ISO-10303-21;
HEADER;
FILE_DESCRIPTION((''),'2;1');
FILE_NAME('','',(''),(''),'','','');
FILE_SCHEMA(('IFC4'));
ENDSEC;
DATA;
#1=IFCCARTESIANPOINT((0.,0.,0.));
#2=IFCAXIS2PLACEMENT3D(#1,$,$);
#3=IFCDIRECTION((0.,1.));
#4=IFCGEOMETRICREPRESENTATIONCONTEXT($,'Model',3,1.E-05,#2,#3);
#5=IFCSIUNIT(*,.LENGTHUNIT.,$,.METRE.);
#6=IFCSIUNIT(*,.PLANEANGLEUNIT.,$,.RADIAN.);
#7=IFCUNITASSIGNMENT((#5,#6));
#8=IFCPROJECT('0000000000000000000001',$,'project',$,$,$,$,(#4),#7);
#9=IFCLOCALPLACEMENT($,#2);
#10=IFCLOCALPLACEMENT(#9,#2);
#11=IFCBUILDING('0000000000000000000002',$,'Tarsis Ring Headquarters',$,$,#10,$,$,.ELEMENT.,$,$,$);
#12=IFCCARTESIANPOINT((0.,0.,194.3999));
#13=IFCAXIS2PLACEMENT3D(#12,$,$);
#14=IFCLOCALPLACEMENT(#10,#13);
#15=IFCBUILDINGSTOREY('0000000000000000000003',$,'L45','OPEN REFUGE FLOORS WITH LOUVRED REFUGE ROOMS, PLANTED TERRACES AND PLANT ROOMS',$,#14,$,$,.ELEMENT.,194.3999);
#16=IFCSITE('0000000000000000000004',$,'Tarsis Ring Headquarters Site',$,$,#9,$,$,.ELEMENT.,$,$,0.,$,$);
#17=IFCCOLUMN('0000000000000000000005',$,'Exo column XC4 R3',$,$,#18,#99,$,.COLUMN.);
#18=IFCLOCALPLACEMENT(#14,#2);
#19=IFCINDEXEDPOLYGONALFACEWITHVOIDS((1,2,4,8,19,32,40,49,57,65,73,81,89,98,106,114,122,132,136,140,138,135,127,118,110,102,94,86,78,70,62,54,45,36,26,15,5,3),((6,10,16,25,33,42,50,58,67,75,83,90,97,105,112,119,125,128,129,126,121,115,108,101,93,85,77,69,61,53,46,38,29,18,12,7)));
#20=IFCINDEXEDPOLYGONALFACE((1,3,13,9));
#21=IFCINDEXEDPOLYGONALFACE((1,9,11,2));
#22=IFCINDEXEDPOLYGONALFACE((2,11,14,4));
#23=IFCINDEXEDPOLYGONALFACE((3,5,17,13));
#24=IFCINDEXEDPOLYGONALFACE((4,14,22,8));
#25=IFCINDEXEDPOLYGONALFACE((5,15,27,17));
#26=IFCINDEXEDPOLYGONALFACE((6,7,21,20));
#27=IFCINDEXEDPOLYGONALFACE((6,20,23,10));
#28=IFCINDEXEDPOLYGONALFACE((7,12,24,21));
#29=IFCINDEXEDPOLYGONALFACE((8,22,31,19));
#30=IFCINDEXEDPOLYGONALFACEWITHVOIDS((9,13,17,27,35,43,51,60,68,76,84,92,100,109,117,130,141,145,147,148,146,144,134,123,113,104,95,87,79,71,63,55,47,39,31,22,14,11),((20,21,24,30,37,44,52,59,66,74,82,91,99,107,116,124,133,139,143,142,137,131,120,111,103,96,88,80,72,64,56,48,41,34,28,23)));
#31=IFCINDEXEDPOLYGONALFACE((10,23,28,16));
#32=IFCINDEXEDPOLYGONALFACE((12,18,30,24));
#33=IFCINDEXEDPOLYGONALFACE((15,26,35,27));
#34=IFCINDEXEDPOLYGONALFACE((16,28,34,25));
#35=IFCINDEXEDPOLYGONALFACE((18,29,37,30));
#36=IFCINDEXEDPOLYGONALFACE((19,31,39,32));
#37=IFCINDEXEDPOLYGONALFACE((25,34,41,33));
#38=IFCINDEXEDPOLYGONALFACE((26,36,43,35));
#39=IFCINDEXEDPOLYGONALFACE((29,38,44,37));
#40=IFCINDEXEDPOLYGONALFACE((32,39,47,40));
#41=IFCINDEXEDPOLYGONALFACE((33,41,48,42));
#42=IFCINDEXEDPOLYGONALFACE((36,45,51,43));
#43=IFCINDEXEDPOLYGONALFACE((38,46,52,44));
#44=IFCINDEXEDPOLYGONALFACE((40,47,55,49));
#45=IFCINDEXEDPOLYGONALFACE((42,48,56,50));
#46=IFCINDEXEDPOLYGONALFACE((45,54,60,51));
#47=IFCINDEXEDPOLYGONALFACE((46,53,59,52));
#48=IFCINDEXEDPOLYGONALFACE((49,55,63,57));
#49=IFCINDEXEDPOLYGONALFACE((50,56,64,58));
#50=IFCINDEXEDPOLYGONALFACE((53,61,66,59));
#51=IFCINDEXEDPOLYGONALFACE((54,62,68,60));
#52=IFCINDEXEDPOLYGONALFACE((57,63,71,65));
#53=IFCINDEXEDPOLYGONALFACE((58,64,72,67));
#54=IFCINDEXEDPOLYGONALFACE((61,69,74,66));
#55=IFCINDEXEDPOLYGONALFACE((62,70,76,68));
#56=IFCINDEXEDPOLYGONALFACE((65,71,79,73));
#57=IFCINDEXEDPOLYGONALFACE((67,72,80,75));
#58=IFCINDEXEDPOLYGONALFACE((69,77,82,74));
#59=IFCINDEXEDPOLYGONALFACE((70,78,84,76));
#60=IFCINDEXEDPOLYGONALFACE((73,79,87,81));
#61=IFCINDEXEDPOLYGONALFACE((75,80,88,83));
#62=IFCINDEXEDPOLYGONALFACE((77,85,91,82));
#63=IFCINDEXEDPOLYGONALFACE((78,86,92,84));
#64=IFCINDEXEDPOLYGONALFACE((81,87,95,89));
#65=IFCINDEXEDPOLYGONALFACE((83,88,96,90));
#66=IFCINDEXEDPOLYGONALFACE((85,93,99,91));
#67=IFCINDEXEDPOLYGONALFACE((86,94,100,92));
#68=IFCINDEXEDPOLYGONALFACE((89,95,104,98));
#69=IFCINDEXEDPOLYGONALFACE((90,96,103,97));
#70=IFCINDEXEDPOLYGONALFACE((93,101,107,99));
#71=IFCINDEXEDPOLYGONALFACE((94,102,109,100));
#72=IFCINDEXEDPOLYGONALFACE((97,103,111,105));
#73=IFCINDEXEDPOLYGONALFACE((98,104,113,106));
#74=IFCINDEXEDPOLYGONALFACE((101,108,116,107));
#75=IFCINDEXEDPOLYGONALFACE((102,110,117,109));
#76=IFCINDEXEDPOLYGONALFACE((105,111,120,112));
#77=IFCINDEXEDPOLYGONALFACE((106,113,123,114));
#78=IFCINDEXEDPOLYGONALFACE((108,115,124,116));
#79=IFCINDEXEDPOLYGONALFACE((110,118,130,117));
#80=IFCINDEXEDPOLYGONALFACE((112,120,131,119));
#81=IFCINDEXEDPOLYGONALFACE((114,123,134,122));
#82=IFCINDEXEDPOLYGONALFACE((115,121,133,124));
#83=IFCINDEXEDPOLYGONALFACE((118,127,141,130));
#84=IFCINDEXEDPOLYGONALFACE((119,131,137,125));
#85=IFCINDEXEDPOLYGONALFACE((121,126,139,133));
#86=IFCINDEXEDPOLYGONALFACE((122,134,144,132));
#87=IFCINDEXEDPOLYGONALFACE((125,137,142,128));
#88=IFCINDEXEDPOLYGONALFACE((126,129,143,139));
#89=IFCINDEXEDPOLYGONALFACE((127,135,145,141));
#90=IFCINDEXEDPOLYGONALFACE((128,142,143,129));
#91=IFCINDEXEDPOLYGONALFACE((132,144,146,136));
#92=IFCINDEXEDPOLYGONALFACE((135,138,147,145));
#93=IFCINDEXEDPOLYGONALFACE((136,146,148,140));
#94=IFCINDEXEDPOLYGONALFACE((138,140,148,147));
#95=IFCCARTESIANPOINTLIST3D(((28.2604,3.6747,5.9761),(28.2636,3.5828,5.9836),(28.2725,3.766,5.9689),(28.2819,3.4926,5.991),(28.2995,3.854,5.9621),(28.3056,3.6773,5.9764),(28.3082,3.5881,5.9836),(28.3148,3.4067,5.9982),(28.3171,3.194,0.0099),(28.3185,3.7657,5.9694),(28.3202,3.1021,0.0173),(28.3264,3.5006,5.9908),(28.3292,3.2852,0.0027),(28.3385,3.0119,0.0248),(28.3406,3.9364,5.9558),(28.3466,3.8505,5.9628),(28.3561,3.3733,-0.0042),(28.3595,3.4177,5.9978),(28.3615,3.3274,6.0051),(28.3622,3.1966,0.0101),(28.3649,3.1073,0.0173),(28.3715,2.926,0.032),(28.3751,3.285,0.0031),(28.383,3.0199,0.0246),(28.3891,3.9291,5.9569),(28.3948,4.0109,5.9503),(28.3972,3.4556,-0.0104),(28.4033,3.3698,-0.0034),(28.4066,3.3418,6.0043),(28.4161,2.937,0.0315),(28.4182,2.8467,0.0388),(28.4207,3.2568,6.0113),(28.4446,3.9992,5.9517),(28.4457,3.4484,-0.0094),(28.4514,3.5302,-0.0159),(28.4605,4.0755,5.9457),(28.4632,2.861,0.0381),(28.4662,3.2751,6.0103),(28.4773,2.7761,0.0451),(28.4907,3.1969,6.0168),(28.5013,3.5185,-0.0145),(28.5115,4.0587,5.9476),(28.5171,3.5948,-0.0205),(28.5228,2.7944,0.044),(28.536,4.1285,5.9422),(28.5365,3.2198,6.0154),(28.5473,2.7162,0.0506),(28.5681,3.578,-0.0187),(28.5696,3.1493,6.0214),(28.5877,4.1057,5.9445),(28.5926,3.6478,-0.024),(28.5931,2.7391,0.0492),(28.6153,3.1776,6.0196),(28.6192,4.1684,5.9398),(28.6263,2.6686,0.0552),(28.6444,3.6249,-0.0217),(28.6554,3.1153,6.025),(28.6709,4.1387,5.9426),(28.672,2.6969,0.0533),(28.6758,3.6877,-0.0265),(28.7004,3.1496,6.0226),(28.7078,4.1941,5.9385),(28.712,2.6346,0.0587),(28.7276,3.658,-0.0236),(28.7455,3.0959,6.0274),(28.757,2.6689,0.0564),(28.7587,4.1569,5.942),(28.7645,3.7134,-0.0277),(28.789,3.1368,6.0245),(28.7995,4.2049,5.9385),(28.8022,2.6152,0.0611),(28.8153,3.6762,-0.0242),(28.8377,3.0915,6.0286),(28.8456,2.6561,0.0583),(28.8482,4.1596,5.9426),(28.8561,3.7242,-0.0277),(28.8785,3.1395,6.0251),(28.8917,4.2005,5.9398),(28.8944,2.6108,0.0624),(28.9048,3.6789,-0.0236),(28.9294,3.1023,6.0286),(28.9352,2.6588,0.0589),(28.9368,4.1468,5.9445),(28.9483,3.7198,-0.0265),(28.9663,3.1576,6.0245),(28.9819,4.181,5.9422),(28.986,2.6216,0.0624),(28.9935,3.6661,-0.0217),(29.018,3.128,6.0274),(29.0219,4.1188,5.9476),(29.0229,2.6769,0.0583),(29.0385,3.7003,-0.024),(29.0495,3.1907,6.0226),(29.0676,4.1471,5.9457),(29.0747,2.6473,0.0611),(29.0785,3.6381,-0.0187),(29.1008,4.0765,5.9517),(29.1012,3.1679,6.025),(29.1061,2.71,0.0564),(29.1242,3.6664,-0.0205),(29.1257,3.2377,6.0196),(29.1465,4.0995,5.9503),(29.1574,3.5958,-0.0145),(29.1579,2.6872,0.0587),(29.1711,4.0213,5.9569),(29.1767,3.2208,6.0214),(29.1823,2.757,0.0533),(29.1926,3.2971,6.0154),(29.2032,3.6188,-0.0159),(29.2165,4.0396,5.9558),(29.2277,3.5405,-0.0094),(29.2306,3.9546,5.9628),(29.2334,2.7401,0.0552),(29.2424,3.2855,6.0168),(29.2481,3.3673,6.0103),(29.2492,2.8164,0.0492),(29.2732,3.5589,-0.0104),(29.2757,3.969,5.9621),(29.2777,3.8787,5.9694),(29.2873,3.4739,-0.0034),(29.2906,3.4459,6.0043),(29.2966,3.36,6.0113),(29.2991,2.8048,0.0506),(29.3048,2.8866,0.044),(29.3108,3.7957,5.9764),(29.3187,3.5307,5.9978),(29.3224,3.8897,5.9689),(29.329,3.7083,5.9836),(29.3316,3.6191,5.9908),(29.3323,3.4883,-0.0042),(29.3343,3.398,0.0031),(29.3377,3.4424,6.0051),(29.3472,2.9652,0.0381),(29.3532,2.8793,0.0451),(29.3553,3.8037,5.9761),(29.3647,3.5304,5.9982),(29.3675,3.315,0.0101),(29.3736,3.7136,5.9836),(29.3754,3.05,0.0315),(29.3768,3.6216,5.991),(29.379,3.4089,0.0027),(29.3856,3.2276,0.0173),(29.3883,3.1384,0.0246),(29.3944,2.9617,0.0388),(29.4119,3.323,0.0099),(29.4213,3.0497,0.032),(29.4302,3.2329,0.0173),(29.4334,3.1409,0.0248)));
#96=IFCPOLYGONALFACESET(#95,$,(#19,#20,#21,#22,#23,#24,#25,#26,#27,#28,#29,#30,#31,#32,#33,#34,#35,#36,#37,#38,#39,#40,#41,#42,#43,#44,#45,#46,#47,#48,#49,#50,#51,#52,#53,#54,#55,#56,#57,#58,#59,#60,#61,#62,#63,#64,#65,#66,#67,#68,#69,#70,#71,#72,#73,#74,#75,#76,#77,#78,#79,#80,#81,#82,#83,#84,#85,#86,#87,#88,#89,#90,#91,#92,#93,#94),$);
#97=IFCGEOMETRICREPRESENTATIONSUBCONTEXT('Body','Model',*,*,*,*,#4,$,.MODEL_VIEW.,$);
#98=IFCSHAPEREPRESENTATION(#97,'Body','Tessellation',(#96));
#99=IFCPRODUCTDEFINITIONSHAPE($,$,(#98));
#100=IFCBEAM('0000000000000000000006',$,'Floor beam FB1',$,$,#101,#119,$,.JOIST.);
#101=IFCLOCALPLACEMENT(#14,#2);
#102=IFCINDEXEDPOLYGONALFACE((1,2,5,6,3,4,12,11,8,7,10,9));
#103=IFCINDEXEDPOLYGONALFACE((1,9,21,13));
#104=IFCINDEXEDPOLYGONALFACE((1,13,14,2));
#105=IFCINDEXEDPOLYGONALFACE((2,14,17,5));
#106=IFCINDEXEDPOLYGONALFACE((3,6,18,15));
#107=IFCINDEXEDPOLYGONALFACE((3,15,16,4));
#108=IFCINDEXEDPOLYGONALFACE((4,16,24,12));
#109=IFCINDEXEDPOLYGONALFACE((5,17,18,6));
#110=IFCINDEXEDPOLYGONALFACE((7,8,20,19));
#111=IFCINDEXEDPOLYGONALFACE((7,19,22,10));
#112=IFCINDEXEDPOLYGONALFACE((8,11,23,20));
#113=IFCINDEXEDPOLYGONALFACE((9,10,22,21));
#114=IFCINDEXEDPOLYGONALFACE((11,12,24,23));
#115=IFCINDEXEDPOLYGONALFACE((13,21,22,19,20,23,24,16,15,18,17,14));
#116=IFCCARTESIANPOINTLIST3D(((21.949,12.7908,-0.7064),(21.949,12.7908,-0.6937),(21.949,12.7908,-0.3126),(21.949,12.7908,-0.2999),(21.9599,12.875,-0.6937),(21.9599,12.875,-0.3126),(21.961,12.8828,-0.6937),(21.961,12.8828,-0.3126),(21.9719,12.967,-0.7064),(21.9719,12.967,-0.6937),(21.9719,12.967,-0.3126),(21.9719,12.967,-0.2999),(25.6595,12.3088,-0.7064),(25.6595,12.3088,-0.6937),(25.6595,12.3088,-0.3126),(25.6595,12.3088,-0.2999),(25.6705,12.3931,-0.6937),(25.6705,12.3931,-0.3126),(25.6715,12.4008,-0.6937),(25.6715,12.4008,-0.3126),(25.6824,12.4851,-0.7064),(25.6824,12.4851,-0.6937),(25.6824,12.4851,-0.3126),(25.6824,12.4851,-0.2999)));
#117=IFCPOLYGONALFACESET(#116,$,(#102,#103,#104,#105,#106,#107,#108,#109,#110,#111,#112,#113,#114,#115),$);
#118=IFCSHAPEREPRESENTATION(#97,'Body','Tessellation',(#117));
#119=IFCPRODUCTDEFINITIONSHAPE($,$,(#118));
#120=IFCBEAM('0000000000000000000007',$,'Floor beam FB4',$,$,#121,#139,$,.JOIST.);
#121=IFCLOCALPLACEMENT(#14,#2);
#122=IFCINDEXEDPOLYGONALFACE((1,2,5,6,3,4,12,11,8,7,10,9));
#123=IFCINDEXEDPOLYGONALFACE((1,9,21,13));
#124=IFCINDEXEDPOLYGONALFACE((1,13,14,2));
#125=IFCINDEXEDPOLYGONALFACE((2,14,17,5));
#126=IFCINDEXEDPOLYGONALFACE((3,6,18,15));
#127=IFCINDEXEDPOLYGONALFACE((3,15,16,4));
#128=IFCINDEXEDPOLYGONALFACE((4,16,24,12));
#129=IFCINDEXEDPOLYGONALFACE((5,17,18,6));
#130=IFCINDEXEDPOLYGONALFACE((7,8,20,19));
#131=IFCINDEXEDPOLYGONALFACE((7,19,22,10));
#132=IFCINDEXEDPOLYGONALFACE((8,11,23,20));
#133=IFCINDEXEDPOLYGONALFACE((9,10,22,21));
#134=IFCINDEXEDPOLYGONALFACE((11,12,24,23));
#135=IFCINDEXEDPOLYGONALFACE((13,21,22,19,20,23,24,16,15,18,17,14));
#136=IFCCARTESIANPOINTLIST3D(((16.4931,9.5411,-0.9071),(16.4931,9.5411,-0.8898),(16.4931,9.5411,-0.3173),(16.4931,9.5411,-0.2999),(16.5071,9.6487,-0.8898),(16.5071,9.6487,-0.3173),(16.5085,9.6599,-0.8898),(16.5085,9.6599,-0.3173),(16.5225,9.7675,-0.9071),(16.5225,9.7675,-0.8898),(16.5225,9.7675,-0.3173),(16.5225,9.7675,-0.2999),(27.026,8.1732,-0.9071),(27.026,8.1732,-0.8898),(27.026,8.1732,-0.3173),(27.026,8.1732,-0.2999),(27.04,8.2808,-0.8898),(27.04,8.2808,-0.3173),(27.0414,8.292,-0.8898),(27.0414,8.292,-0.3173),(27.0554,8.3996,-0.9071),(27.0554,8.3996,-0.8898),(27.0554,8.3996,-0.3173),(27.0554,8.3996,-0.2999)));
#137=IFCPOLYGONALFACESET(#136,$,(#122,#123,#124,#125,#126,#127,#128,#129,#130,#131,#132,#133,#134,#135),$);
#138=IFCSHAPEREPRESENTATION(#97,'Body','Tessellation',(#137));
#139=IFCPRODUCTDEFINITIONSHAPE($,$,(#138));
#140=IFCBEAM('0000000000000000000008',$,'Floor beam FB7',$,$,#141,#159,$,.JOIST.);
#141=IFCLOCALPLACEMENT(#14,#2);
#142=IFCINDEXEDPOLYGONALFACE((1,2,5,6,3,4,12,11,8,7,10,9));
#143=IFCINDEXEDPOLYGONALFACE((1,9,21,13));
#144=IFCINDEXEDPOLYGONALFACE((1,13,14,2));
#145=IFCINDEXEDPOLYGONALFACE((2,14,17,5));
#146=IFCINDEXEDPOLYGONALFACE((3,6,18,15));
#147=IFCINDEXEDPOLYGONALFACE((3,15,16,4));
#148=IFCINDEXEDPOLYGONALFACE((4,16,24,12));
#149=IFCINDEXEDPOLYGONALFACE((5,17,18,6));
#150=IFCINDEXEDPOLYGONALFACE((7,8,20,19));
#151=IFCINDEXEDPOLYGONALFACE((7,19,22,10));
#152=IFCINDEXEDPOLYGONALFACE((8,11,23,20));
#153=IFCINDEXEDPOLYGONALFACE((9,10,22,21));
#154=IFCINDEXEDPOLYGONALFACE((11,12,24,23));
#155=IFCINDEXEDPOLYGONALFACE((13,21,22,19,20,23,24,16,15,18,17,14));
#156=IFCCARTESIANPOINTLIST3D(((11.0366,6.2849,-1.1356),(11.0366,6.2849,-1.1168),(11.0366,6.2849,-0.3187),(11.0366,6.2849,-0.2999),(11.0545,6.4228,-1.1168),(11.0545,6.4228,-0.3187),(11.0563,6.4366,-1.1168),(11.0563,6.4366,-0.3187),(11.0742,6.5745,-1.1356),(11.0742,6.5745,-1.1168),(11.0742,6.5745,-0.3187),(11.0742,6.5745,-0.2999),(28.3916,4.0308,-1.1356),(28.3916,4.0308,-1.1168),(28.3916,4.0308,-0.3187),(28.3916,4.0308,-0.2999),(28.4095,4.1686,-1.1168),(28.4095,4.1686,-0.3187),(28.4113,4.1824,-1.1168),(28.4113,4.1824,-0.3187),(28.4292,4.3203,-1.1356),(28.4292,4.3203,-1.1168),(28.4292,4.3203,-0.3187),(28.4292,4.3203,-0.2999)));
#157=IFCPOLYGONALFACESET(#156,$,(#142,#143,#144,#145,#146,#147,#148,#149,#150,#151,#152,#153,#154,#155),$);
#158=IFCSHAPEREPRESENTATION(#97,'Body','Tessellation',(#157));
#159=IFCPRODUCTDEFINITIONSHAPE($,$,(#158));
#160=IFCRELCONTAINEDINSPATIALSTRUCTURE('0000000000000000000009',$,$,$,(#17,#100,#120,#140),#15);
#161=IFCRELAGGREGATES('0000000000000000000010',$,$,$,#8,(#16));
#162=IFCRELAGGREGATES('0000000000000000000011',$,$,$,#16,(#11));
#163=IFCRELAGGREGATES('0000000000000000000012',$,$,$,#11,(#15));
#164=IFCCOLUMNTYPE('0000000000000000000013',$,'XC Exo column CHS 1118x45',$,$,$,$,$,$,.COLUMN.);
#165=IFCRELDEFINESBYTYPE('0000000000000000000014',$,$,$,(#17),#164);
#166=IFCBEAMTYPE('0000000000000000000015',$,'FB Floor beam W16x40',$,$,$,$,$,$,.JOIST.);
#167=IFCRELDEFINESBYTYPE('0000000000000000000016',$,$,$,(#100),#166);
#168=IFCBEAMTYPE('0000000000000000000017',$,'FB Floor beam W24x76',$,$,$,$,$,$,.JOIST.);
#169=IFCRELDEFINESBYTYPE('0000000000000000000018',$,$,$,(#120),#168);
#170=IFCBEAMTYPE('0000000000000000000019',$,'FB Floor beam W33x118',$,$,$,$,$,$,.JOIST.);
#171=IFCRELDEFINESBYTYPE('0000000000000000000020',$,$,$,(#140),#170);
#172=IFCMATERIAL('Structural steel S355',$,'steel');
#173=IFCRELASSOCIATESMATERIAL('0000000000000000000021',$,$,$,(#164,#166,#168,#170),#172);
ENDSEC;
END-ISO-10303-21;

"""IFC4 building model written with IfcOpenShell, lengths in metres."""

from ifc_helpers import new_model, si_unit, direction, frame, origin, origin_2d, place, context, subcontext, project, spatial, hollow_circle, i_section, extrude, material, material_profile, profile_set, type_object, element, save


model = new_model("IFC4")

# Units and contexts
model_context = context("Model", 3, precision=1e-05, world=origin(), true_north=direction((0.0, 1.0)))
body_context = subcontext(model_context, "Body", "Model", "MODEL_VIEW")
ifc_project = project(units=[si_unit("LENGTHUNIT", "METRE"), si_unit("PLANEANGLEUNIT", "RADIAN")], contexts=[model_context])

# Site, building, storey
site_placement = place(None, origin())
site = spatial("IfcSite", under=ifc_project, at=site_placement, Name="Tarsis Ring Headquarters Site", CompositionType="ELEMENT", RefElevation=0.0)
building_placement = place(site_placement, origin())
building = spatial("IfcBuilding", under=site, at=building_placement, Name="Tarsis Ring Headquarters", CompositionType="ELEMENT")
storey_placement = place(building_placement, frame((0.0, 0.0, 194.3999)))
storey = spatial("IfcBuildingStorey", under=building, at=storey_placement, Name="L45", Description="OPEN REFUGE FLOORS WITH LOUVRED REFUGE ROOMS, PLANTED TERRACES AND PLANT ROOMS", CompositionType="ELEMENT", Elevation=194.3999)

# Column
ifc_material_1 = material(Name="Structural steel S355", Category="steel")
ifc_material_profile_1 = material_profile(ifc_material_1, hollow_circle(Radius=0.5588, WallThickness=0.0449, at=origin_2d()), Name="CHS 1118x45")
ifc_profile_set_1 = profile_set([ifc_material_profile_1], Name="Structural steel S355")
column_type = type_object("IfcColumnType", Name="XC Exo column CHS 1118x45", PredefinedType="COLUMN", material=ifc_profile_set_1)
column_placement = place(storey_placement, frame((28.8752, 3.1675, 0.0173), z_axis=(-0.009462, 0.080307, 0.996725), x_axis=(-0.99313, -0.117017, 0.0)))
element("IfcColumn", 1, at=column_placement, inside=storey, type_object=column_type, Name="Exo column XC4 R3", PredefinedType="COLUMN", context=body_context, shape_type="SweptSolid", body=[
    extrude(hollow_circle(Radius=0.5588, WallThickness=0.0449, at=origin_2d()), origin(), (0.0, 0.0, 1.0), 5.9858),
])

# Beams
ifc_material_profile_2 = material_profile(ifc_material_1, i_section(OverallWidth=0.1777, OverallDepth=0.4065, WebThickness=0.0078, FlangeThickness=0.0127, at=origin_2d()), Name="W16x40")
ifc_profile_set_2 = profile_set([ifc_material_profile_2], Name="Structural steel S355")
beam_type_1 = type_object("IfcBeamType", Name="FB Floor beam W16x40", PredefinedType="JOIST", material=ifc_profile_set_2)
beam_1_placement = place(storey_placement, frame((21.9604, 12.8789, -0.5032), z_axis=(0.99167, -0.128804, 0.0), x_axis=(0.128804, 0.99167, 0.0)))
element("IfcBeam", 2, at=beam_1_placement, inside=storey, type_object=beam_type_1, Name="Floor beam FB1", PredefinedType="JOIST", context=body_context, shape_type="SweptSolid", body=[
    extrude(i_section(OverallWidth=0.1777, OverallDepth=0.4065, WebThickness=0.0078, FlangeThickness=0.0127, at=origin_2d()), origin(), (0.0, 0.0, 1.0), 3.7417),
])
ifc_material_profile_3 = material_profile(ifc_material_1, i_section(OverallWidth=0.2283, OverallDepth=0.6072, WebThickness=0.0112, FlangeThickness=0.0173, at=origin_2d()), Name="W24x76")
ifc_profile_set_3 = profile_set([ifc_material_profile_3], Name="Structural steel S355")
beam_type_2 = type_object("IfcBeamType", Name="FB Floor beam W24x76", PredefinedType="JOIST", material=ifc_profile_set_3)
beam_2_placement = place(storey_placement, frame((16.5078, 9.6543, -0.6035), z_axis=(0.991672, -0.128789, 0.0), x_axis=(0.128789, 0.991672, 0.0)))
element("IfcBeam", 3, at=beam_2_placement, inside=storey, type_object=beam_type_2, Name="Floor beam FB4", PredefinedType="JOIST", context=body_context, shape_type="SweptSolid", body=[
    extrude(i_section(OverallWidth=0.2283, OverallDepth=0.6072, WebThickness=0.0112, FlangeThickness=0.0173, at=origin_2d()), origin(), (0.0, 0.0, 1.0), 10.6213),
])
ifc_material_profile_4 = material_profile(ifc_material_1, i_section(OverallWidth=0.292, OverallDepth=0.8357, WebThickness=0.0139, FlangeThickness=0.0188, at=origin_2d()), Name="W33x118")
ifc_profile_set_4 = profile_set([ifc_material_profile_4], Name="Structural steel S355")
beam_type_3 = type_object("IfcBeamType", Name="FB Floor beam W33x118", PredefinedType="JOIST", material=ifc_profile_set_4)
beam_3_placement = place(storey_placement, frame((11.0554, 6.4297, -0.7178), z_axis=(0.99167, -0.128803, 0.0), x_axis=(0.128803, 0.99167, 0.0)))
element("IfcBeam", 4, at=beam_3_placement, inside=storey, type_object=beam_type_3, Name="Floor beam FB7", PredefinedType="JOIST", context=body_context, shape_type="SweptSolid", body=[
    extrude(i_section(OverallWidth=0.292, OverallDepth=0.8357, WebThickness=0.0139, FlangeThickness=0.0188, at=origin_2d()), origin(), (0.0, 0.0, 1.0), 17.5007),
])

save(model, "model.ifc")
